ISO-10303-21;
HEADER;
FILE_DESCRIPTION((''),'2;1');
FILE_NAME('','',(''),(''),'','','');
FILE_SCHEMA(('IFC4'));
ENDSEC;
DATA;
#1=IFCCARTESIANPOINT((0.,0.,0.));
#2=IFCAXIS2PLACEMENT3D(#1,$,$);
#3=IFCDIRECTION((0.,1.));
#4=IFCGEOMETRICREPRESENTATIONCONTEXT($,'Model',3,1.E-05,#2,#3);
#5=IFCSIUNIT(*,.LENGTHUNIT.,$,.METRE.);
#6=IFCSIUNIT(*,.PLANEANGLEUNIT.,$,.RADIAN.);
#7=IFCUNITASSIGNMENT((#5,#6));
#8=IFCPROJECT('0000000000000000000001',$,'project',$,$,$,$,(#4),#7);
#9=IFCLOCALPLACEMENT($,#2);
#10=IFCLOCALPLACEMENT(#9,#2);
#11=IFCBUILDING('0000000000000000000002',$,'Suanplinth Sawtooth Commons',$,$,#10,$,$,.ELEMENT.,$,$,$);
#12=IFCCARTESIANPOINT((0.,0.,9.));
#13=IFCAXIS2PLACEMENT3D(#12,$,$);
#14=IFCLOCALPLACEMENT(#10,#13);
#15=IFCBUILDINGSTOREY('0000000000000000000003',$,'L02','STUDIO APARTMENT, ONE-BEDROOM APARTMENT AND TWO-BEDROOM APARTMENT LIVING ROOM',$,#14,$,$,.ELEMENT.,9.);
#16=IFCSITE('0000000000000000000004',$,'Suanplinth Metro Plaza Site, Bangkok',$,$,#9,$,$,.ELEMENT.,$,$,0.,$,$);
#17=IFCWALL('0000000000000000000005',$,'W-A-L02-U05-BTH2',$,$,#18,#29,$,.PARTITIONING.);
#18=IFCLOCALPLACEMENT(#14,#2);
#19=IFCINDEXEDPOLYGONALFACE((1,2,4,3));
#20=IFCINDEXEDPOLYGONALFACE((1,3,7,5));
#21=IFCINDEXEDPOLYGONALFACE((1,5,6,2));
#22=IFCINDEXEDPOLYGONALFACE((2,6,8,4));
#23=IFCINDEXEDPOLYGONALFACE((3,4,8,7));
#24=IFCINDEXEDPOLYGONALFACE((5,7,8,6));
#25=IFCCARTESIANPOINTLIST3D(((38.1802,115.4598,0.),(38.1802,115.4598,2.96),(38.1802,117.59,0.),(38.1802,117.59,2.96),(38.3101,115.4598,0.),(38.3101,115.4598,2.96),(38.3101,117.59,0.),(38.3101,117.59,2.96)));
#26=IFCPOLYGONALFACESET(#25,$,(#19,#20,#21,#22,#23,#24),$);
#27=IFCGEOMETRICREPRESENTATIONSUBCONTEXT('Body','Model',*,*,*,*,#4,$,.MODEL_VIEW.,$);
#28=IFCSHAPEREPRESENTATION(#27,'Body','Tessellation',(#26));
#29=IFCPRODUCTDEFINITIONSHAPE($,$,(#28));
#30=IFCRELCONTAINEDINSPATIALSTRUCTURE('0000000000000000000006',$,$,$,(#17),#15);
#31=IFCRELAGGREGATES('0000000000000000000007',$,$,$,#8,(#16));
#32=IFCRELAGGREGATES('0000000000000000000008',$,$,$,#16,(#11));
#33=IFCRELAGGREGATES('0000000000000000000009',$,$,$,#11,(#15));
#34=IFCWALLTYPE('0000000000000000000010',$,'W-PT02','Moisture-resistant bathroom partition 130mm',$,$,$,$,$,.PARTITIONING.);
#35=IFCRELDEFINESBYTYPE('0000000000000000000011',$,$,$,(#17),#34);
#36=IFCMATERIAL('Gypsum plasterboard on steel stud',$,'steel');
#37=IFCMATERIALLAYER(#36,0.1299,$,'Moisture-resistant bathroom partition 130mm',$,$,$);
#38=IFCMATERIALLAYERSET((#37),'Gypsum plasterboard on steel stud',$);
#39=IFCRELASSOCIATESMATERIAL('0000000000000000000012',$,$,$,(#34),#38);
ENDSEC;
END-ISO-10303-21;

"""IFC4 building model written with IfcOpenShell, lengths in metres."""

from ifc_helpers import new_model, si_unit, direction, frame, frame_2d, origin, place, context, subcontext, project, spatial, rectangle, extrude, material, layer, layer_set, type_object, element, save


model = new_model("IFC4")

# Units and contexts
model_context = context("Model", 3, precision=1e-05, world=origin(), true_north=direction((0.0, 1.0)))
body_context = subcontext(model_context, "Body", "Model", "MODEL_VIEW")
ifc_project = project(units=[si_unit("LENGTHUNIT", "METRE"), si_unit("PLANEANGLEUNIT", "RADIAN")], contexts=[model_context])

# Site, building, storey
site_placement = place(None, origin())
site = spatial("IfcSite", under=ifc_project, at=site_placement, Name="Suanplinth Metro Plaza Site, Bangkok", CompositionType="ELEMENT", RefElevation=0.0)
building_placement = place(site_placement, origin())
building = spatial("IfcBuilding", under=site, at=building_placement, Name="Suanplinth Sawtooth Commons", CompositionType="ELEMENT")
storey_placement = place(building_placement, frame((0.0, 0.0, 9.0)))
storey = spatial("IfcBuildingStorey", under=building, at=storey_placement, Name="L02", Description="STUDIO APARTMENT, ONE-BEDROOM APARTMENT AND TWO-BEDROOM APARTMENT LIVING ROOM", CompositionType="ELEMENT", Elevation=9.0)

# Wall
ifc_material_1 = material(Name="Gypsum plasterboard on steel stud", Category="steel")
ifc_layer_1 = layer(ifc_material_1, 0.1299, Name="Moisture-resistant bathroom partition 130mm")
ifc_layer_set_1 = layer_set([ifc_layer_1], Name="Gypsum plasterboard on steel stud")
wall_type_1 = type_object("IfcWallType", Name="W-PT02", Description="Moisture-resistant bathroom partition 130mm", PredefinedType="PARTITIONING", material=ifc_layer_set_1)
for number, where, z_axis, x_axis, name in (
    (1, (38.2451, 115.46, 0.0), (0.0, 0.0, 1.0), (0.0, 1.0, 0.0), "W-A-L02-U05-BTH2"),
):
    element("IfcWall", number, at=place(storey_placement, frame(where, z_axis=z_axis, x_axis=x_axis)), inside=storey, type_object=wall_type_1, Name=name, PredefinedType="PARTITIONING", context=body_context, shape_type="SweptSolid", body=[
        extrude(rectangle(XDim=2.1301, YDim=0.1299, at=frame_2d((1.0649, 0.0))), origin(), (0.0, 0.0, 1.0), 2.96),
    ])

save(model, "model.ifc")
